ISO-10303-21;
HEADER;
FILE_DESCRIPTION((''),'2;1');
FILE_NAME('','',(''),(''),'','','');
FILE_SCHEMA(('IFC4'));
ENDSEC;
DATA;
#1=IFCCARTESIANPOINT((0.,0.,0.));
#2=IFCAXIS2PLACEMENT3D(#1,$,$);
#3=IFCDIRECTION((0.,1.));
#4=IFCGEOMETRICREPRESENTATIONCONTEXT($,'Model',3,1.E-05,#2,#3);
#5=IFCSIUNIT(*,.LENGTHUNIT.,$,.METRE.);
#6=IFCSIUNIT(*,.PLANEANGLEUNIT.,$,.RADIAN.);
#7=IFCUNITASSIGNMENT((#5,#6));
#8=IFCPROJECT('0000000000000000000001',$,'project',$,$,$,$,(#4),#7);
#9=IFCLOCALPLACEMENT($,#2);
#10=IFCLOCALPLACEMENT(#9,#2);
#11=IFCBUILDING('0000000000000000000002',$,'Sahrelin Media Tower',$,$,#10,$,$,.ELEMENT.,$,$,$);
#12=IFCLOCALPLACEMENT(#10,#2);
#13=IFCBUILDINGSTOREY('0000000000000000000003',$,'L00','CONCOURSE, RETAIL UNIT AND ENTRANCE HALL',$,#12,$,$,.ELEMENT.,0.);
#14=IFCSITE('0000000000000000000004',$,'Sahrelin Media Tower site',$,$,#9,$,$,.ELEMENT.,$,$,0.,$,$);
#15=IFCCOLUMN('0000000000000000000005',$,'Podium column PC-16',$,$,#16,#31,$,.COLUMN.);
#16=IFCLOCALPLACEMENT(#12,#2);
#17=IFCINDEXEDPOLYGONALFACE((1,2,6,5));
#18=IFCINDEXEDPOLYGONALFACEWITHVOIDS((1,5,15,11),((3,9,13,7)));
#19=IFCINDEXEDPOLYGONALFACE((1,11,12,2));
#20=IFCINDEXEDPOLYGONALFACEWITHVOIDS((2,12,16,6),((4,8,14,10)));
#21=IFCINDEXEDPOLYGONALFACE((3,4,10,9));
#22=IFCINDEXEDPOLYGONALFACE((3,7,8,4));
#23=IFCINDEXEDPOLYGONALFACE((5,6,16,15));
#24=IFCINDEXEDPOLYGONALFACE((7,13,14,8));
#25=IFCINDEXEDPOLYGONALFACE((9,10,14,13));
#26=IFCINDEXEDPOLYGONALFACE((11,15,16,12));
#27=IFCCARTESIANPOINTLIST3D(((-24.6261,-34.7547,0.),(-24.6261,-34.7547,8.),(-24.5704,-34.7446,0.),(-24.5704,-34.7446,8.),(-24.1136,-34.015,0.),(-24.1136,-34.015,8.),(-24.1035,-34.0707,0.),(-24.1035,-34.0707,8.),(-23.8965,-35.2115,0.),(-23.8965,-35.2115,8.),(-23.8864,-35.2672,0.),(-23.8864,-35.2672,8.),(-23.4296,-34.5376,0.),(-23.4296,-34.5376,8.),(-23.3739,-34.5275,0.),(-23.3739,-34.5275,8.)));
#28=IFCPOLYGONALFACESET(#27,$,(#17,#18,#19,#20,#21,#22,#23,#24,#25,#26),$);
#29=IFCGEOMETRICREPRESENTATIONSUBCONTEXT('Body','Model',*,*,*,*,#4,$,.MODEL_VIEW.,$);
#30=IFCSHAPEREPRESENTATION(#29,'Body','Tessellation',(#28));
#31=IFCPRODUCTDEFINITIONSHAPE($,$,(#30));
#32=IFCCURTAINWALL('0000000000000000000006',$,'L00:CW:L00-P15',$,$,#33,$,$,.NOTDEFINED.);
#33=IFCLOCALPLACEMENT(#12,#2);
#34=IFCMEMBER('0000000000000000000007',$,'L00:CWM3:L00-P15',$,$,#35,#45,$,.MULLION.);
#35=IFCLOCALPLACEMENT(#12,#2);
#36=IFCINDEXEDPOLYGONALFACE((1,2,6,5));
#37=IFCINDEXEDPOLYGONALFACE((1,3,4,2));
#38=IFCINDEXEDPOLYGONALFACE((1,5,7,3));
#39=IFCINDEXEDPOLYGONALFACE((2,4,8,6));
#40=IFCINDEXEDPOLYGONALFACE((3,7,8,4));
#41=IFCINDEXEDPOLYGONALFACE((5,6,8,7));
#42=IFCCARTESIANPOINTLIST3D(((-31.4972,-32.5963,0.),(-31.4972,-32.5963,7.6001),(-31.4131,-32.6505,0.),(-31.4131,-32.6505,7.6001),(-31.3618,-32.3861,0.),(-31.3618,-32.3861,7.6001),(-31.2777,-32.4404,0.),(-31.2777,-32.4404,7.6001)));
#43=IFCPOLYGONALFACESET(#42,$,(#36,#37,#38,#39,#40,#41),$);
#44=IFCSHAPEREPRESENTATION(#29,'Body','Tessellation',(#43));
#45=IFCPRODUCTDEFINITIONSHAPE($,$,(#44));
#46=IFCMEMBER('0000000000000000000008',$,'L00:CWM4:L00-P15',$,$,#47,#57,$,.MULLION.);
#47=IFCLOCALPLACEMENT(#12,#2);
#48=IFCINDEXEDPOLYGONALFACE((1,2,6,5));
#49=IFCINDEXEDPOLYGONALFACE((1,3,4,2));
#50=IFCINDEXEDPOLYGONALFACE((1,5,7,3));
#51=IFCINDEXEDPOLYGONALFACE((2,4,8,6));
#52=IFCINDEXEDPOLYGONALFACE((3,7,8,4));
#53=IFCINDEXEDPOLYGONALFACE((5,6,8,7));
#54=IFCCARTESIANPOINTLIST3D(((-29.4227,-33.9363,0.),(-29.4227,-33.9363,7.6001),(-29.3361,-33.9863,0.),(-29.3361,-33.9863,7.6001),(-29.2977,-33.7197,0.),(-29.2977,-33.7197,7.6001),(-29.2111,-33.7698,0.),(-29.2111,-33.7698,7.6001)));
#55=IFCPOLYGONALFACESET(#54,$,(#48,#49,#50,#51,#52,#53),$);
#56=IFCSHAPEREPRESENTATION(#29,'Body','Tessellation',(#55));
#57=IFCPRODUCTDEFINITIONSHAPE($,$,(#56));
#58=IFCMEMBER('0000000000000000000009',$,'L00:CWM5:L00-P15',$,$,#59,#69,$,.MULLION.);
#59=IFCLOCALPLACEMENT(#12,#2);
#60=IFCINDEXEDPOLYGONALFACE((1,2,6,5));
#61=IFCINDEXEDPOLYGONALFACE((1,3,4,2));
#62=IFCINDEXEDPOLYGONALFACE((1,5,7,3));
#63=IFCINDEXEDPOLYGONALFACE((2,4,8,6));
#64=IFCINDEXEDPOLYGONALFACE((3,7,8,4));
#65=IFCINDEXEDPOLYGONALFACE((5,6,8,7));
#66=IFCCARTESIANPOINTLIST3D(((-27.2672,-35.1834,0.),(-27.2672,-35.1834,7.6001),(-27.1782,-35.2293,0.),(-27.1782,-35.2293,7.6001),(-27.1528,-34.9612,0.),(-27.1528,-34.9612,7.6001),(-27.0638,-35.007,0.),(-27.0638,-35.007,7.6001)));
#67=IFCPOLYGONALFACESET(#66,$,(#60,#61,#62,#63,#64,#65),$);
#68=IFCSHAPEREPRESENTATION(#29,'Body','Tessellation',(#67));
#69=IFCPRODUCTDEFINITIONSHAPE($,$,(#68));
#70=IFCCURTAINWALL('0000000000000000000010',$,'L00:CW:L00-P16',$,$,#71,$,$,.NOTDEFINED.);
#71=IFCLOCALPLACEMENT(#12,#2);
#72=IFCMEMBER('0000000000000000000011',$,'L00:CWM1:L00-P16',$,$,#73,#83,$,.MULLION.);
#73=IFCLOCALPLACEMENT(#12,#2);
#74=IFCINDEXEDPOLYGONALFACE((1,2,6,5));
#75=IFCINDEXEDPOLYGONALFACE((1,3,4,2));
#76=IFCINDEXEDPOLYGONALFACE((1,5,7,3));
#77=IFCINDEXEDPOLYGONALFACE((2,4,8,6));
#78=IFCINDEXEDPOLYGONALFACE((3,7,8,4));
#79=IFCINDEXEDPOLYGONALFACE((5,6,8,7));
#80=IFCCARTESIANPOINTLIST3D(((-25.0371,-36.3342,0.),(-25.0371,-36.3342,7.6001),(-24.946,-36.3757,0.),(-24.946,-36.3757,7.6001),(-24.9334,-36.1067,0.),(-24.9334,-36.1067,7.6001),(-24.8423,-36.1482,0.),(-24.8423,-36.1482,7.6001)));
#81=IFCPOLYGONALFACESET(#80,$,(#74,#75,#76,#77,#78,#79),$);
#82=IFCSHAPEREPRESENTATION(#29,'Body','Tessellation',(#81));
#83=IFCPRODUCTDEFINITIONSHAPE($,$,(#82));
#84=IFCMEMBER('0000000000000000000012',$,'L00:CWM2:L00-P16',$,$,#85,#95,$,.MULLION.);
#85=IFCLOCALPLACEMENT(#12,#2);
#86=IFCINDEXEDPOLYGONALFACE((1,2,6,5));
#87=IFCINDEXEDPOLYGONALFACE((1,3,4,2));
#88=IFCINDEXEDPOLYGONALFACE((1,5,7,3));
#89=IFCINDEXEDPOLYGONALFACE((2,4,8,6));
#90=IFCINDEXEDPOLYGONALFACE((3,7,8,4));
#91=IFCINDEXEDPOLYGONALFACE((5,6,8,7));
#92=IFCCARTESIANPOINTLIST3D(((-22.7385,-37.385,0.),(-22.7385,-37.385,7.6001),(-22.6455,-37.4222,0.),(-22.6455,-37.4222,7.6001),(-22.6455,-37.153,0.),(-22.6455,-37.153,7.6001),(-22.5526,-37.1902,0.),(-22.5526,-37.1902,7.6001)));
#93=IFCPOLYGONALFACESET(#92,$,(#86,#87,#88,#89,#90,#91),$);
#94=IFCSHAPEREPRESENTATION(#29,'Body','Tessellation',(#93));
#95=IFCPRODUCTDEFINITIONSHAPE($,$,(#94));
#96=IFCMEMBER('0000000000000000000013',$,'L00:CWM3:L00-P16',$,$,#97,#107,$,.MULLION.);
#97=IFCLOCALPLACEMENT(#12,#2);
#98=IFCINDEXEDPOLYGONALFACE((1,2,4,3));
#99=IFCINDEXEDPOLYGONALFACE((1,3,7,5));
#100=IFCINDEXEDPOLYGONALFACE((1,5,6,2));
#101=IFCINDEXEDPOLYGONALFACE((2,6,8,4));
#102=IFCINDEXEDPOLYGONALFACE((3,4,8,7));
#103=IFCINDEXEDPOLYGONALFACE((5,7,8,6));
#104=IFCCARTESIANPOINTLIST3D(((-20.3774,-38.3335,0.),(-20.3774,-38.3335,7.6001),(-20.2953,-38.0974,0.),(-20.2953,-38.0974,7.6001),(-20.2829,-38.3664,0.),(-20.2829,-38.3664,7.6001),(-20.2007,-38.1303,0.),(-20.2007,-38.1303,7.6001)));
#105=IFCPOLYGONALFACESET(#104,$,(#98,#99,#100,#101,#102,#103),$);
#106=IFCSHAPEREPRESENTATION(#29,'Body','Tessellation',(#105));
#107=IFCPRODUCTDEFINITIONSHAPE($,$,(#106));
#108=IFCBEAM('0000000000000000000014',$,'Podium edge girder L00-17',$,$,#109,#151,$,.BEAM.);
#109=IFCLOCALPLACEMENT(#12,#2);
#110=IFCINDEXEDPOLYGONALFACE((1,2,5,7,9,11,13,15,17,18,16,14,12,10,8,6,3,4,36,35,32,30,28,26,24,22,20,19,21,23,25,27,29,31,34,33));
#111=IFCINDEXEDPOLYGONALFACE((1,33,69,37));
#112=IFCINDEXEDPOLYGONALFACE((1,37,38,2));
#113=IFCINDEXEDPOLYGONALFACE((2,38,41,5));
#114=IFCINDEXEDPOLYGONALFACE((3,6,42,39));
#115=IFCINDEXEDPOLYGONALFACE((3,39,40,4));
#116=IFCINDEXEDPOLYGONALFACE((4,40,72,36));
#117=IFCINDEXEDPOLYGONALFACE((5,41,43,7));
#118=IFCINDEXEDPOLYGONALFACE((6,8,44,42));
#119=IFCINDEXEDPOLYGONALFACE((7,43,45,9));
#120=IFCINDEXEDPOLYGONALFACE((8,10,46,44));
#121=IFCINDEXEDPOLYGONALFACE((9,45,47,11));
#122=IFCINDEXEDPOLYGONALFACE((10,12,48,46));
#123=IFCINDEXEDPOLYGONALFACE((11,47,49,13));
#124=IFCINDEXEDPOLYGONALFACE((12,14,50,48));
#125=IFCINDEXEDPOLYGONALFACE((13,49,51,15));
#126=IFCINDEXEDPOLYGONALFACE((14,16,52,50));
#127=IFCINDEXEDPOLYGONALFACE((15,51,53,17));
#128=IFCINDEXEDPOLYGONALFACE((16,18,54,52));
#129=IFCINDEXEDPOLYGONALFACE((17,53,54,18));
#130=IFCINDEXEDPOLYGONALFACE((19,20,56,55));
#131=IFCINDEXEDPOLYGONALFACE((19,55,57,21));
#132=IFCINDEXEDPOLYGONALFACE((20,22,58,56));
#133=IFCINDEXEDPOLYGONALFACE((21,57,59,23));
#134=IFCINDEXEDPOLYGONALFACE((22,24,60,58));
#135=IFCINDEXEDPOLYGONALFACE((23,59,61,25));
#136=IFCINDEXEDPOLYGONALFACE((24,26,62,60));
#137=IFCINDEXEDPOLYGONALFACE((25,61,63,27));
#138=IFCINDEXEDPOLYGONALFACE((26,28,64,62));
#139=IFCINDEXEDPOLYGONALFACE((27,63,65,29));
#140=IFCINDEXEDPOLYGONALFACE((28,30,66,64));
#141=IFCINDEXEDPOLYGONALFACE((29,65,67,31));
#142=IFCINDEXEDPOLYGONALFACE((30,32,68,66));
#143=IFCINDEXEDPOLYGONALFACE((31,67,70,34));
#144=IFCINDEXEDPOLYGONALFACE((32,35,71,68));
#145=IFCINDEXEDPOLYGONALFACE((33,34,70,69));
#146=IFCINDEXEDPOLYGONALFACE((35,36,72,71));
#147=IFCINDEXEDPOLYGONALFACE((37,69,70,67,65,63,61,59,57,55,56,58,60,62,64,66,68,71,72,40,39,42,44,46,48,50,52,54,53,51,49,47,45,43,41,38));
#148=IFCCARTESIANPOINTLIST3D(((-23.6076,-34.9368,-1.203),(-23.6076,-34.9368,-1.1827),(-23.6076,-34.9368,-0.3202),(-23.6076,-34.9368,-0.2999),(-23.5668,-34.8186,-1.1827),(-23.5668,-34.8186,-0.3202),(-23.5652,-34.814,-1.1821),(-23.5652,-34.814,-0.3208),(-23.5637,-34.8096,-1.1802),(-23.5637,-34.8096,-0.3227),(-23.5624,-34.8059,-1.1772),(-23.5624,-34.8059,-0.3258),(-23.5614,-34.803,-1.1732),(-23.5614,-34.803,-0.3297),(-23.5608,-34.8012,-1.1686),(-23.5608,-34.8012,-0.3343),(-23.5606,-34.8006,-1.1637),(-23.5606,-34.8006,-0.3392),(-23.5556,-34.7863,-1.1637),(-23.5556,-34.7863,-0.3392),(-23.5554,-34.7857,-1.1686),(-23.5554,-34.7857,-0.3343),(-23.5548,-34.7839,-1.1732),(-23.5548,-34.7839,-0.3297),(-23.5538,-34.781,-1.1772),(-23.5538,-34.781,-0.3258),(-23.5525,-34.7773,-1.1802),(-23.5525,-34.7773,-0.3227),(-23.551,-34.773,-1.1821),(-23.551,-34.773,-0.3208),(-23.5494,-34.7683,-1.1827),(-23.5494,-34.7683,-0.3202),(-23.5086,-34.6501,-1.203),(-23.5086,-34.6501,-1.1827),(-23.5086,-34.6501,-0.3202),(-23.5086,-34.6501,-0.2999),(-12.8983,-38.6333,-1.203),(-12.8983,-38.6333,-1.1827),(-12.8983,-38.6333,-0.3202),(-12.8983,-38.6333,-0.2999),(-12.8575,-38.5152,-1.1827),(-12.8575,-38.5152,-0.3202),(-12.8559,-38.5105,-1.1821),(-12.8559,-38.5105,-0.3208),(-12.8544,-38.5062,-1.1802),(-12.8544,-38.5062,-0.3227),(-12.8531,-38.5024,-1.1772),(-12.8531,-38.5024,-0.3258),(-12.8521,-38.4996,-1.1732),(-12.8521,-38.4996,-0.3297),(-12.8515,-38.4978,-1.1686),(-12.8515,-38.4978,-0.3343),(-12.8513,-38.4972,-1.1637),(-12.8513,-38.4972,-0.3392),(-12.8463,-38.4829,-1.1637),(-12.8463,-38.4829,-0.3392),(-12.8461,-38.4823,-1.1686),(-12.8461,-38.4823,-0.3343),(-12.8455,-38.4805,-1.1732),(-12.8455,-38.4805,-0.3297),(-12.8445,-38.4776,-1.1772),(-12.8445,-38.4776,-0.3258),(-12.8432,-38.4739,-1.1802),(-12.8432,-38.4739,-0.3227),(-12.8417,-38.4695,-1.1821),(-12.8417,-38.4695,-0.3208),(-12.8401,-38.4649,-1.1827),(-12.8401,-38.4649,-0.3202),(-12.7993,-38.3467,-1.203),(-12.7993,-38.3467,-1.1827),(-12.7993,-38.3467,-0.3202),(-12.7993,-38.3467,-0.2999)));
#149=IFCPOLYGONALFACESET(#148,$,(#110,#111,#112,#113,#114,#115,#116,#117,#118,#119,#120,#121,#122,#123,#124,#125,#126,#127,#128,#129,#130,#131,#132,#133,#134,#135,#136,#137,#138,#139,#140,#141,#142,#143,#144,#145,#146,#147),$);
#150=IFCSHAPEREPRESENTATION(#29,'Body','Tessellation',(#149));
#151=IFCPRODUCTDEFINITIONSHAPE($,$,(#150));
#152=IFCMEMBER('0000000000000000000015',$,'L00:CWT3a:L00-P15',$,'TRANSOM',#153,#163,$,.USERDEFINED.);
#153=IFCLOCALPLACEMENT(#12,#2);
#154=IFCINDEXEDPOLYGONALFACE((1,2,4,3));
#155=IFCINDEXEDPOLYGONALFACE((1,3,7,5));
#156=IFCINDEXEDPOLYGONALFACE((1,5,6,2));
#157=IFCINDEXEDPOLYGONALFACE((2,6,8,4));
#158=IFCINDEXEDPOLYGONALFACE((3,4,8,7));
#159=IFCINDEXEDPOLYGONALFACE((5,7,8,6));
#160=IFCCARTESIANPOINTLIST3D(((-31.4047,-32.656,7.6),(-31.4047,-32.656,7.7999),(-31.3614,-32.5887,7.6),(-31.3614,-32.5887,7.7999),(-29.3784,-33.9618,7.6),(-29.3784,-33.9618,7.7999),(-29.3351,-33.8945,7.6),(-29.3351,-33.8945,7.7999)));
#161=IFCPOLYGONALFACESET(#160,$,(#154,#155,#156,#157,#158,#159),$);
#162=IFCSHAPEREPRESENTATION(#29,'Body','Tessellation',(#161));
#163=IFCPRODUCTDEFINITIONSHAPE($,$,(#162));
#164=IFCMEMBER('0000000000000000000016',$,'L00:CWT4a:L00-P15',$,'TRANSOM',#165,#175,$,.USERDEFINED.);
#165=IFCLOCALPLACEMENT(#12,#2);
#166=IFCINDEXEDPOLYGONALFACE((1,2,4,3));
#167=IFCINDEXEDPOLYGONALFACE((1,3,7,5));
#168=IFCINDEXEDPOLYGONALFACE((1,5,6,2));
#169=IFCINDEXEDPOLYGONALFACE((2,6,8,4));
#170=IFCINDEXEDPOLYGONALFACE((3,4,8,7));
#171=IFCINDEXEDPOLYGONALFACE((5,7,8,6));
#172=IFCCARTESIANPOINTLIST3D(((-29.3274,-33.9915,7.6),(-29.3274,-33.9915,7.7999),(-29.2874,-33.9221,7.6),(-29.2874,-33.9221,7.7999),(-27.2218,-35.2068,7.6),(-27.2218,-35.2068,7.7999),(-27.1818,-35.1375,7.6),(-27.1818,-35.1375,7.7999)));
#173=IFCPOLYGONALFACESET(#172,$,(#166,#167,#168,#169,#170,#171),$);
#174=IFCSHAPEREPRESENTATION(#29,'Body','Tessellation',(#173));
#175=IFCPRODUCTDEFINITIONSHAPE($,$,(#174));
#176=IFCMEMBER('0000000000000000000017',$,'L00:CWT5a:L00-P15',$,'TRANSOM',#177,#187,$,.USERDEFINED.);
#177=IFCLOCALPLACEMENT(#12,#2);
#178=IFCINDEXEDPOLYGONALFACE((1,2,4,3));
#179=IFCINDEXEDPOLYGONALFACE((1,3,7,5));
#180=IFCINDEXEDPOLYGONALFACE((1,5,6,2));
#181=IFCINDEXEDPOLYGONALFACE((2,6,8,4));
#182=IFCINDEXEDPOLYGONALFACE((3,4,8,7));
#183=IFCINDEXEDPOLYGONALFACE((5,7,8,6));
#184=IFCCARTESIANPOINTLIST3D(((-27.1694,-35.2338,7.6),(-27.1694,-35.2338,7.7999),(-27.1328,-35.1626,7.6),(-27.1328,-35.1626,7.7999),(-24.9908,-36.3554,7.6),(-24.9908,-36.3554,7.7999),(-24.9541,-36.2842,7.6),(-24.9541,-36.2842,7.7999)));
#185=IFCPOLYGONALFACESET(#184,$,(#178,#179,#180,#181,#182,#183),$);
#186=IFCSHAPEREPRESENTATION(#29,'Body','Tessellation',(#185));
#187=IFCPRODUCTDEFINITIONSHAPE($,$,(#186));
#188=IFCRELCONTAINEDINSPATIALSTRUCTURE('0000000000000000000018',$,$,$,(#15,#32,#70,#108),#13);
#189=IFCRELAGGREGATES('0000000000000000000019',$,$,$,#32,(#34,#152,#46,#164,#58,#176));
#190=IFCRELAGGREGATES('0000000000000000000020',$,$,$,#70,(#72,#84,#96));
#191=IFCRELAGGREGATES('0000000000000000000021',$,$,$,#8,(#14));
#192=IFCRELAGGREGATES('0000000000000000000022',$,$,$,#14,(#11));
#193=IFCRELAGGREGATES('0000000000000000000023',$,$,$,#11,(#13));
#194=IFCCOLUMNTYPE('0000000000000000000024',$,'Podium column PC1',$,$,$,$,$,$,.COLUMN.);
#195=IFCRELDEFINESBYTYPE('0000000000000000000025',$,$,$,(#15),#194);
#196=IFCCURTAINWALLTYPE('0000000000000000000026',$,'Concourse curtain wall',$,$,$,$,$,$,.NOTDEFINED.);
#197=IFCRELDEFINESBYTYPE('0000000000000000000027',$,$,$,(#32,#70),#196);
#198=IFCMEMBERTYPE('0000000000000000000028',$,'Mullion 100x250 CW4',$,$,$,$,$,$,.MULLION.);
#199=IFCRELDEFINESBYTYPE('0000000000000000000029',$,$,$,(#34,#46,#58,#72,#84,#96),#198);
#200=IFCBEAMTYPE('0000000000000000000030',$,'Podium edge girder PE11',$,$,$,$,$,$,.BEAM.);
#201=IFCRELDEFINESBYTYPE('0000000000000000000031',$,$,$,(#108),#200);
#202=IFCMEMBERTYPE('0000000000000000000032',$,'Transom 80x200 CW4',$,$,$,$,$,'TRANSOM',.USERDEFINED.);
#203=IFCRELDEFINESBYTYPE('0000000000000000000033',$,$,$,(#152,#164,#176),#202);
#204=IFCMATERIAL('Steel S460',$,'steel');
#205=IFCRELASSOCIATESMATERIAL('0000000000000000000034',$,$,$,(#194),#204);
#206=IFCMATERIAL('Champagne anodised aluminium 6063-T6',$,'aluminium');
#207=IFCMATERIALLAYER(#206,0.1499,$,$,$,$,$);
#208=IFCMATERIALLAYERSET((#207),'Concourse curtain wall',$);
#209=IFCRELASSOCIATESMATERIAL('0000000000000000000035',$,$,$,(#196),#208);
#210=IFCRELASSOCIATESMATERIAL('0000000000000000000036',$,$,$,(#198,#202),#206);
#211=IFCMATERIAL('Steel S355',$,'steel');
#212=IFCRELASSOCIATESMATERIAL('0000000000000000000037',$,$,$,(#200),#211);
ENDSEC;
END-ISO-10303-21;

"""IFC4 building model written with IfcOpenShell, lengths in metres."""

from ifc_helpers import new_model, si_unit, direction, frame, origin, origin_2d, place, context, subcontext, project, spatial, rectangle, hollow_rectangle, i_section, extrude, material, layer, layer_set, material_profile, profile_set, type_object, element, aggregate, save


model = new_model("IFC4")

# Units and contexts
model_context = context("Model", 3, precision=1e-05, world=origin(), true_north=direction((0.0, 1.0)))
body_context = subcontext(model_context, "Body", "Model", "MODEL_VIEW")
ifc_project = project(units=[si_unit("LENGTHUNIT", "METRE"), si_unit("PLANEANGLEUNIT", "RADIAN")], contexts=[model_context])

# Site, building, storey
site_placement = place(None, origin())
site = spatial("IfcSite", under=ifc_project, at=site_placement, Name="Sahrelin Media Tower site", CompositionType="ELEMENT", RefElevation=0.0)
building_placement = place(site_placement, origin())
building = spatial("IfcBuilding", under=site, at=building_placement, Name="Sahrelin Media Tower", CompositionType="ELEMENT")
storey_placement = place(building_placement, origin())
storey = spatial("IfcBuildingStorey", under=building, at=storey_placement, Name="L00", Description="CONCOURSE, RETAIL UNIT AND ENTRANCE HALL", CompositionType="ELEMENT", Elevation=0.0)

# Column
ifc_material_1 = material(Name="Steel S460", Category="steel")
ifc_material_profile_1 = material_profile(ifc_material_1, hollow_rectangle(XDim=0.8999, YDim=0.8999, WallThickness=0.04, at=origin_2d()), Name="Podium column PC1")
ifc_profile_set_1 = profile_set([ifc_material_profile_1], Name="Steel S460")
column_type = type_object("IfcColumnType", Name="Podium column PC1", PredefinedType="COLUMN", material=ifc_profile_set_1)
column_placement = place(storey_placement, frame((-24.0, -34.6411, 0.0), z_axis=(0.0, 0.0, 1.0), x_axis=(-0.569495, -0.821995, 0.0)))
element("IfcColumn", 1, at=column_placement, inside=storey, type_object=column_type, Name="Podium column PC-16", PredefinedType="COLUMN", context=body_context, shape_type="SweptSolid", body=[
    extrude(hollow_rectangle(XDim=0.8999, YDim=0.8999, WallThickness=0.04, at=origin_2d()), origin(), (0.0, 0.0, 1.0), 8.0),
])

# Curtain walls, members
ifc_material_2 = material(Name="Champagne anodised aluminium 6063-T6", Category="aluminium")
ifc_layer_1 = layer(ifc_material_2, 0.1499)
ifc_layer_set_1 = layer_set([ifc_layer_1], Name="Concourse curtain wall")
curtain_wall_type = type_object("IfcCurtainWallType", Name="Concourse curtain wall", PredefinedType="NOTDEFINED", material=ifc_layer_set_1)
curtain_wall_1_placement = place(storey_placement, frame((-35.3552, -29.6985, 0.0), z_axis=(0.0, 0.0, 1.0), x_axis=(1.0, 0.0, 0.0)))
curtain_wall_1 = element("IfcCurtainWall", 2, at=curtain_wall_1_placement, inside=storey, type_object=curtain_wall_type, Name="L00:CW:L00-P15", PredefinedType="NOTDEFINED")
ifc_material_profile_2 = material_profile(ifc_material_2, rectangle(XDim=0.1001, YDim=0.25, at=origin_2d()), Name="Mullion 100x250")
ifc_profile_set_2 = profile_set([ifc_material_profile_2], Name="Champagne anodised aluminium 6063-T6")
member_type_1 = type_object("IfcMemberType", Name="Mullion 100x250 CW4", PredefinedType="MULLION", material=ifc_profile_set_2)
member_1_placement = place(storey_placement, frame((-31.3875, -32.5183, 0.0), z_axis=(0.0, 0.0, 1.0), x_axis=(0.840519, -0.541782, 0.0)))
member_1 = element("IfcMember", 3, at=member_1_placement, type_object=member_type_1, Name="L00:CWM3:L00-P15", PredefinedType="MULLION", context=body_context, shape_type="SweptSolid", body=[
    extrude(rectangle(XDim=0.1001, YDim=0.25, at=origin_2d()), origin(), (0.0, 0.0, 1.0), 7.6001),
])
member_2_placement = place(storey_placement, frame((-29.3169, -33.853, 0.0), z_axis=(0.0, 0.0, 1.0), x_axis=(0.866029, -0.499994, 0.0)))
member_2 = element("IfcMember", 4, at=member_2_placement, type_object=member_type_1, Name="L00:CWM4:L00-P15", PredefinedType="MULLION", context=body_context, shape_type="SweptSolid", body=[
    extrude(rectangle(XDim=0.1001, YDim=0.25, at=origin_2d()), origin(), (0.0, 0.0, 1.0), 7.6001),
])
member_3_placement = place(storey_placement, frame((-27.1655, -35.0952, 0.0), z_axis=(0.0, 0.0, 1.0), x_axis=(0.889123, -0.457668, 0.0)))
member_3 = element("IfcMember", 5, at=member_3_placement, type_object=member_type_1, Name="L00:CWM5:L00-P15", PredefinedType="MULLION", context=body_context, shape_type="SweptSolid", body=[
    extrude(rectangle(XDim=0.1001, YDim=0.25, at=origin_2d()), origin(), (0.0, 0.0, 1.0), 7.6001),
])
curtain_wall_2_placement = place(storey_placement, frame((-25.0, -36.373, 0.0), z_axis=(0.0, 0.0, 1.0), x_axis=(1.0, 0.0, 0.0)))
curtain_wall_2 = element("IfcCurtainWall", 6, at=curtain_wall_2_placement, inside=storey, type_object=curtain_wall_type, Name="L00:CW:L00-P16", PredefinedType="NOTDEFINED")
member_4_placement = place(storey_placement, frame((-24.9397, -36.2412, 0.0), z_axis=(0.0, 0.0, 1.0), x_axis=(0.909842, -0.414955, 0.0)))
member_4 = element("IfcMember", 7, at=member_4_placement, type_object=member_type_1, Name="L00:CWM1:L00-P16", PredefinedType="MULLION", context=body_context, shape_type="SweptSolid", body=[
    extrude(rectangle(XDim=0.1001, YDim=0.25, at=origin_2d()), origin(), (0.0, 0.0, 1.0), 7.6001),
])
member_5_placement = place(storey_placement, frame((-22.6455, -37.2876, 0.0), z_axis=(0.0, 0.0, 1.0), x_axis=(0.92827, -0.371906, 0.0)))
member_5 = element("IfcMember", 8, at=member_5_placement, type_object=member_type_1, Name="L00:CWM2:L00-P16", PredefinedType="MULLION", context=body_context, shape_type="SweptSolid", body=[
    extrude(rectangle(XDim=0.1001, YDim=0.25, at=origin_2d()), origin(), (0.0, 0.0, 1.0), 7.6001),
])
member_6_placement = place(storey_placement, frame((-20.2891, -38.2319, 0.0), z_axis=(0.0, 0.0, 1.0), x_axis=(0.944458, -0.328631, 0.0)))
member_6 = element("IfcMember", 9, at=member_6_placement, type_object=member_type_1, Name="L00:CWM3:L00-P16", PredefinedType="MULLION", context=body_context, shape_type="SweptSolid", body=[
    extrude(rectangle(XDim=0.1001, YDim=0.25, at=origin_2d()), origin(), (0.0, 0.0, 1.0), 7.6001),
])

# Beam
ifc_material_3 = material(Name="Steel S355", Category="steel")
ifc_material_profile_3 = material_profile(ifc_material_3, i_section(OverallWidth=0.3032, OverallDepth=0.9031, WebThickness=0.0151, FlangeThickness=0.0203, FilletRadius=0.019, at=origin_2d()), Name="UB 914x305x201")
ifc_profile_set_3 = profile_set([ifc_material_profile_3], Name="Steel S355")
beam_type = type_object("IfcBeamType", Name="Podium edge girder PE11", PredefinedType="BEAM", material=ifc_profile_set_3)
beam_placement = place(storey_placement, frame((-23.5581, -34.7935, -0.7515), z_axis=(0.945272, -0.326282, 0.0), x_axis=(0.326282, 0.945272, 0.0)))
element("IfcBeam", 10, at=beam_placement, inside=storey, type_object=beam_type, Name="Podium edge girder L00-17", PredefinedType="BEAM", context=body_context, shape_type="SweptSolid", body=[
    extrude(i_section(OverallWidth=0.3032, OverallDepth=0.9031, WebThickness=0.0151, FlangeThickness=0.0203, FilletRadius=0.019, at=origin_2d()), origin(), (0.0, 0.0, 1.0), 11.3293),
])

# Members
ifc_material_profile_4 = material_profile(ifc_material_2, rectangle(XDim=0.0801, YDim=0.2, at=origin_2d()), Name="Transom 80x200")
ifc_profile_set_4 = profile_set([ifc_material_profile_4], Name="Champagne anodised aluminium 6063-T6")
member_type_2 = type_object("IfcMemberType", Name="Transom 80x200 CW4", ElementType="TRANSOM", PredefinedType="USERDEFINED", material=ifc_profile_set_4)
member_7_placement = place(storey_placement, frame((-31.3831, -32.6223, 7.7), z_axis=(0.840566, -0.541709, 0.0), x_axis=(0.541709, 0.840566, 0.0)))
member_7 = element("IfcMember", 11, at=member_7_placement, type_object=member_type_2, Name="L00:CWT3a:L00-P15", ObjectType="TRANSOM", PredefinedType="USERDEFINED", context=body_context, shape_type="SweptSolid", body=[
    extrude(rectangle(XDim=0.0801, YDim=0.2, at=origin_2d()), origin(), (0.0, 0.0, 1.0), 2.4106),
])
member_8_placement = place(storey_placement, frame((-29.3074, -33.9568, 7.7), z_axis=(0.866072, -0.49992, 0.0), x_axis=(0.49992, 0.866072, 0.0)))
member_8 = element("IfcMember", 12, at=member_8_placement, type_object=member_type_2, Name="L00:CWT4a:L00-P15", ObjectType="TRANSOM", PredefinedType="USERDEFINED", context=body_context, shape_type="SweptSolid", body=[
    extrude(rectangle(XDim=0.0801, YDim=0.2, at=origin_2d()), origin(), (0.0, 0.0, 1.0), 2.4312),
])
member_9_placement = place(storey_placement, frame((-27.1511, -35.1982, 7.7), z_axis=(0.889105, -0.457704, 0.0), x_axis=(0.457704, 0.889105, 0.0)))
member_9 = element("IfcMember", 13, at=member_9_placement, type_object=member_type_2, Name="L00:CWT5a:L00-P15", ObjectType="TRANSOM", PredefinedType="USERDEFINED", context=body_context, shape_type="SweptSolid", body=[
    extrude(rectangle(XDim=0.0801, YDim=0.2, at=origin_2d()), origin(), (0.0, 0.0, 1.0), 2.4504),
])

aggregate(curtain_wall_1, [member_1, member_7, member_2, member_8, member_3, member_9])
aggregate(curtain_wall_2, [member_4, member_5, member_6])

save(model, "model.ifc")
